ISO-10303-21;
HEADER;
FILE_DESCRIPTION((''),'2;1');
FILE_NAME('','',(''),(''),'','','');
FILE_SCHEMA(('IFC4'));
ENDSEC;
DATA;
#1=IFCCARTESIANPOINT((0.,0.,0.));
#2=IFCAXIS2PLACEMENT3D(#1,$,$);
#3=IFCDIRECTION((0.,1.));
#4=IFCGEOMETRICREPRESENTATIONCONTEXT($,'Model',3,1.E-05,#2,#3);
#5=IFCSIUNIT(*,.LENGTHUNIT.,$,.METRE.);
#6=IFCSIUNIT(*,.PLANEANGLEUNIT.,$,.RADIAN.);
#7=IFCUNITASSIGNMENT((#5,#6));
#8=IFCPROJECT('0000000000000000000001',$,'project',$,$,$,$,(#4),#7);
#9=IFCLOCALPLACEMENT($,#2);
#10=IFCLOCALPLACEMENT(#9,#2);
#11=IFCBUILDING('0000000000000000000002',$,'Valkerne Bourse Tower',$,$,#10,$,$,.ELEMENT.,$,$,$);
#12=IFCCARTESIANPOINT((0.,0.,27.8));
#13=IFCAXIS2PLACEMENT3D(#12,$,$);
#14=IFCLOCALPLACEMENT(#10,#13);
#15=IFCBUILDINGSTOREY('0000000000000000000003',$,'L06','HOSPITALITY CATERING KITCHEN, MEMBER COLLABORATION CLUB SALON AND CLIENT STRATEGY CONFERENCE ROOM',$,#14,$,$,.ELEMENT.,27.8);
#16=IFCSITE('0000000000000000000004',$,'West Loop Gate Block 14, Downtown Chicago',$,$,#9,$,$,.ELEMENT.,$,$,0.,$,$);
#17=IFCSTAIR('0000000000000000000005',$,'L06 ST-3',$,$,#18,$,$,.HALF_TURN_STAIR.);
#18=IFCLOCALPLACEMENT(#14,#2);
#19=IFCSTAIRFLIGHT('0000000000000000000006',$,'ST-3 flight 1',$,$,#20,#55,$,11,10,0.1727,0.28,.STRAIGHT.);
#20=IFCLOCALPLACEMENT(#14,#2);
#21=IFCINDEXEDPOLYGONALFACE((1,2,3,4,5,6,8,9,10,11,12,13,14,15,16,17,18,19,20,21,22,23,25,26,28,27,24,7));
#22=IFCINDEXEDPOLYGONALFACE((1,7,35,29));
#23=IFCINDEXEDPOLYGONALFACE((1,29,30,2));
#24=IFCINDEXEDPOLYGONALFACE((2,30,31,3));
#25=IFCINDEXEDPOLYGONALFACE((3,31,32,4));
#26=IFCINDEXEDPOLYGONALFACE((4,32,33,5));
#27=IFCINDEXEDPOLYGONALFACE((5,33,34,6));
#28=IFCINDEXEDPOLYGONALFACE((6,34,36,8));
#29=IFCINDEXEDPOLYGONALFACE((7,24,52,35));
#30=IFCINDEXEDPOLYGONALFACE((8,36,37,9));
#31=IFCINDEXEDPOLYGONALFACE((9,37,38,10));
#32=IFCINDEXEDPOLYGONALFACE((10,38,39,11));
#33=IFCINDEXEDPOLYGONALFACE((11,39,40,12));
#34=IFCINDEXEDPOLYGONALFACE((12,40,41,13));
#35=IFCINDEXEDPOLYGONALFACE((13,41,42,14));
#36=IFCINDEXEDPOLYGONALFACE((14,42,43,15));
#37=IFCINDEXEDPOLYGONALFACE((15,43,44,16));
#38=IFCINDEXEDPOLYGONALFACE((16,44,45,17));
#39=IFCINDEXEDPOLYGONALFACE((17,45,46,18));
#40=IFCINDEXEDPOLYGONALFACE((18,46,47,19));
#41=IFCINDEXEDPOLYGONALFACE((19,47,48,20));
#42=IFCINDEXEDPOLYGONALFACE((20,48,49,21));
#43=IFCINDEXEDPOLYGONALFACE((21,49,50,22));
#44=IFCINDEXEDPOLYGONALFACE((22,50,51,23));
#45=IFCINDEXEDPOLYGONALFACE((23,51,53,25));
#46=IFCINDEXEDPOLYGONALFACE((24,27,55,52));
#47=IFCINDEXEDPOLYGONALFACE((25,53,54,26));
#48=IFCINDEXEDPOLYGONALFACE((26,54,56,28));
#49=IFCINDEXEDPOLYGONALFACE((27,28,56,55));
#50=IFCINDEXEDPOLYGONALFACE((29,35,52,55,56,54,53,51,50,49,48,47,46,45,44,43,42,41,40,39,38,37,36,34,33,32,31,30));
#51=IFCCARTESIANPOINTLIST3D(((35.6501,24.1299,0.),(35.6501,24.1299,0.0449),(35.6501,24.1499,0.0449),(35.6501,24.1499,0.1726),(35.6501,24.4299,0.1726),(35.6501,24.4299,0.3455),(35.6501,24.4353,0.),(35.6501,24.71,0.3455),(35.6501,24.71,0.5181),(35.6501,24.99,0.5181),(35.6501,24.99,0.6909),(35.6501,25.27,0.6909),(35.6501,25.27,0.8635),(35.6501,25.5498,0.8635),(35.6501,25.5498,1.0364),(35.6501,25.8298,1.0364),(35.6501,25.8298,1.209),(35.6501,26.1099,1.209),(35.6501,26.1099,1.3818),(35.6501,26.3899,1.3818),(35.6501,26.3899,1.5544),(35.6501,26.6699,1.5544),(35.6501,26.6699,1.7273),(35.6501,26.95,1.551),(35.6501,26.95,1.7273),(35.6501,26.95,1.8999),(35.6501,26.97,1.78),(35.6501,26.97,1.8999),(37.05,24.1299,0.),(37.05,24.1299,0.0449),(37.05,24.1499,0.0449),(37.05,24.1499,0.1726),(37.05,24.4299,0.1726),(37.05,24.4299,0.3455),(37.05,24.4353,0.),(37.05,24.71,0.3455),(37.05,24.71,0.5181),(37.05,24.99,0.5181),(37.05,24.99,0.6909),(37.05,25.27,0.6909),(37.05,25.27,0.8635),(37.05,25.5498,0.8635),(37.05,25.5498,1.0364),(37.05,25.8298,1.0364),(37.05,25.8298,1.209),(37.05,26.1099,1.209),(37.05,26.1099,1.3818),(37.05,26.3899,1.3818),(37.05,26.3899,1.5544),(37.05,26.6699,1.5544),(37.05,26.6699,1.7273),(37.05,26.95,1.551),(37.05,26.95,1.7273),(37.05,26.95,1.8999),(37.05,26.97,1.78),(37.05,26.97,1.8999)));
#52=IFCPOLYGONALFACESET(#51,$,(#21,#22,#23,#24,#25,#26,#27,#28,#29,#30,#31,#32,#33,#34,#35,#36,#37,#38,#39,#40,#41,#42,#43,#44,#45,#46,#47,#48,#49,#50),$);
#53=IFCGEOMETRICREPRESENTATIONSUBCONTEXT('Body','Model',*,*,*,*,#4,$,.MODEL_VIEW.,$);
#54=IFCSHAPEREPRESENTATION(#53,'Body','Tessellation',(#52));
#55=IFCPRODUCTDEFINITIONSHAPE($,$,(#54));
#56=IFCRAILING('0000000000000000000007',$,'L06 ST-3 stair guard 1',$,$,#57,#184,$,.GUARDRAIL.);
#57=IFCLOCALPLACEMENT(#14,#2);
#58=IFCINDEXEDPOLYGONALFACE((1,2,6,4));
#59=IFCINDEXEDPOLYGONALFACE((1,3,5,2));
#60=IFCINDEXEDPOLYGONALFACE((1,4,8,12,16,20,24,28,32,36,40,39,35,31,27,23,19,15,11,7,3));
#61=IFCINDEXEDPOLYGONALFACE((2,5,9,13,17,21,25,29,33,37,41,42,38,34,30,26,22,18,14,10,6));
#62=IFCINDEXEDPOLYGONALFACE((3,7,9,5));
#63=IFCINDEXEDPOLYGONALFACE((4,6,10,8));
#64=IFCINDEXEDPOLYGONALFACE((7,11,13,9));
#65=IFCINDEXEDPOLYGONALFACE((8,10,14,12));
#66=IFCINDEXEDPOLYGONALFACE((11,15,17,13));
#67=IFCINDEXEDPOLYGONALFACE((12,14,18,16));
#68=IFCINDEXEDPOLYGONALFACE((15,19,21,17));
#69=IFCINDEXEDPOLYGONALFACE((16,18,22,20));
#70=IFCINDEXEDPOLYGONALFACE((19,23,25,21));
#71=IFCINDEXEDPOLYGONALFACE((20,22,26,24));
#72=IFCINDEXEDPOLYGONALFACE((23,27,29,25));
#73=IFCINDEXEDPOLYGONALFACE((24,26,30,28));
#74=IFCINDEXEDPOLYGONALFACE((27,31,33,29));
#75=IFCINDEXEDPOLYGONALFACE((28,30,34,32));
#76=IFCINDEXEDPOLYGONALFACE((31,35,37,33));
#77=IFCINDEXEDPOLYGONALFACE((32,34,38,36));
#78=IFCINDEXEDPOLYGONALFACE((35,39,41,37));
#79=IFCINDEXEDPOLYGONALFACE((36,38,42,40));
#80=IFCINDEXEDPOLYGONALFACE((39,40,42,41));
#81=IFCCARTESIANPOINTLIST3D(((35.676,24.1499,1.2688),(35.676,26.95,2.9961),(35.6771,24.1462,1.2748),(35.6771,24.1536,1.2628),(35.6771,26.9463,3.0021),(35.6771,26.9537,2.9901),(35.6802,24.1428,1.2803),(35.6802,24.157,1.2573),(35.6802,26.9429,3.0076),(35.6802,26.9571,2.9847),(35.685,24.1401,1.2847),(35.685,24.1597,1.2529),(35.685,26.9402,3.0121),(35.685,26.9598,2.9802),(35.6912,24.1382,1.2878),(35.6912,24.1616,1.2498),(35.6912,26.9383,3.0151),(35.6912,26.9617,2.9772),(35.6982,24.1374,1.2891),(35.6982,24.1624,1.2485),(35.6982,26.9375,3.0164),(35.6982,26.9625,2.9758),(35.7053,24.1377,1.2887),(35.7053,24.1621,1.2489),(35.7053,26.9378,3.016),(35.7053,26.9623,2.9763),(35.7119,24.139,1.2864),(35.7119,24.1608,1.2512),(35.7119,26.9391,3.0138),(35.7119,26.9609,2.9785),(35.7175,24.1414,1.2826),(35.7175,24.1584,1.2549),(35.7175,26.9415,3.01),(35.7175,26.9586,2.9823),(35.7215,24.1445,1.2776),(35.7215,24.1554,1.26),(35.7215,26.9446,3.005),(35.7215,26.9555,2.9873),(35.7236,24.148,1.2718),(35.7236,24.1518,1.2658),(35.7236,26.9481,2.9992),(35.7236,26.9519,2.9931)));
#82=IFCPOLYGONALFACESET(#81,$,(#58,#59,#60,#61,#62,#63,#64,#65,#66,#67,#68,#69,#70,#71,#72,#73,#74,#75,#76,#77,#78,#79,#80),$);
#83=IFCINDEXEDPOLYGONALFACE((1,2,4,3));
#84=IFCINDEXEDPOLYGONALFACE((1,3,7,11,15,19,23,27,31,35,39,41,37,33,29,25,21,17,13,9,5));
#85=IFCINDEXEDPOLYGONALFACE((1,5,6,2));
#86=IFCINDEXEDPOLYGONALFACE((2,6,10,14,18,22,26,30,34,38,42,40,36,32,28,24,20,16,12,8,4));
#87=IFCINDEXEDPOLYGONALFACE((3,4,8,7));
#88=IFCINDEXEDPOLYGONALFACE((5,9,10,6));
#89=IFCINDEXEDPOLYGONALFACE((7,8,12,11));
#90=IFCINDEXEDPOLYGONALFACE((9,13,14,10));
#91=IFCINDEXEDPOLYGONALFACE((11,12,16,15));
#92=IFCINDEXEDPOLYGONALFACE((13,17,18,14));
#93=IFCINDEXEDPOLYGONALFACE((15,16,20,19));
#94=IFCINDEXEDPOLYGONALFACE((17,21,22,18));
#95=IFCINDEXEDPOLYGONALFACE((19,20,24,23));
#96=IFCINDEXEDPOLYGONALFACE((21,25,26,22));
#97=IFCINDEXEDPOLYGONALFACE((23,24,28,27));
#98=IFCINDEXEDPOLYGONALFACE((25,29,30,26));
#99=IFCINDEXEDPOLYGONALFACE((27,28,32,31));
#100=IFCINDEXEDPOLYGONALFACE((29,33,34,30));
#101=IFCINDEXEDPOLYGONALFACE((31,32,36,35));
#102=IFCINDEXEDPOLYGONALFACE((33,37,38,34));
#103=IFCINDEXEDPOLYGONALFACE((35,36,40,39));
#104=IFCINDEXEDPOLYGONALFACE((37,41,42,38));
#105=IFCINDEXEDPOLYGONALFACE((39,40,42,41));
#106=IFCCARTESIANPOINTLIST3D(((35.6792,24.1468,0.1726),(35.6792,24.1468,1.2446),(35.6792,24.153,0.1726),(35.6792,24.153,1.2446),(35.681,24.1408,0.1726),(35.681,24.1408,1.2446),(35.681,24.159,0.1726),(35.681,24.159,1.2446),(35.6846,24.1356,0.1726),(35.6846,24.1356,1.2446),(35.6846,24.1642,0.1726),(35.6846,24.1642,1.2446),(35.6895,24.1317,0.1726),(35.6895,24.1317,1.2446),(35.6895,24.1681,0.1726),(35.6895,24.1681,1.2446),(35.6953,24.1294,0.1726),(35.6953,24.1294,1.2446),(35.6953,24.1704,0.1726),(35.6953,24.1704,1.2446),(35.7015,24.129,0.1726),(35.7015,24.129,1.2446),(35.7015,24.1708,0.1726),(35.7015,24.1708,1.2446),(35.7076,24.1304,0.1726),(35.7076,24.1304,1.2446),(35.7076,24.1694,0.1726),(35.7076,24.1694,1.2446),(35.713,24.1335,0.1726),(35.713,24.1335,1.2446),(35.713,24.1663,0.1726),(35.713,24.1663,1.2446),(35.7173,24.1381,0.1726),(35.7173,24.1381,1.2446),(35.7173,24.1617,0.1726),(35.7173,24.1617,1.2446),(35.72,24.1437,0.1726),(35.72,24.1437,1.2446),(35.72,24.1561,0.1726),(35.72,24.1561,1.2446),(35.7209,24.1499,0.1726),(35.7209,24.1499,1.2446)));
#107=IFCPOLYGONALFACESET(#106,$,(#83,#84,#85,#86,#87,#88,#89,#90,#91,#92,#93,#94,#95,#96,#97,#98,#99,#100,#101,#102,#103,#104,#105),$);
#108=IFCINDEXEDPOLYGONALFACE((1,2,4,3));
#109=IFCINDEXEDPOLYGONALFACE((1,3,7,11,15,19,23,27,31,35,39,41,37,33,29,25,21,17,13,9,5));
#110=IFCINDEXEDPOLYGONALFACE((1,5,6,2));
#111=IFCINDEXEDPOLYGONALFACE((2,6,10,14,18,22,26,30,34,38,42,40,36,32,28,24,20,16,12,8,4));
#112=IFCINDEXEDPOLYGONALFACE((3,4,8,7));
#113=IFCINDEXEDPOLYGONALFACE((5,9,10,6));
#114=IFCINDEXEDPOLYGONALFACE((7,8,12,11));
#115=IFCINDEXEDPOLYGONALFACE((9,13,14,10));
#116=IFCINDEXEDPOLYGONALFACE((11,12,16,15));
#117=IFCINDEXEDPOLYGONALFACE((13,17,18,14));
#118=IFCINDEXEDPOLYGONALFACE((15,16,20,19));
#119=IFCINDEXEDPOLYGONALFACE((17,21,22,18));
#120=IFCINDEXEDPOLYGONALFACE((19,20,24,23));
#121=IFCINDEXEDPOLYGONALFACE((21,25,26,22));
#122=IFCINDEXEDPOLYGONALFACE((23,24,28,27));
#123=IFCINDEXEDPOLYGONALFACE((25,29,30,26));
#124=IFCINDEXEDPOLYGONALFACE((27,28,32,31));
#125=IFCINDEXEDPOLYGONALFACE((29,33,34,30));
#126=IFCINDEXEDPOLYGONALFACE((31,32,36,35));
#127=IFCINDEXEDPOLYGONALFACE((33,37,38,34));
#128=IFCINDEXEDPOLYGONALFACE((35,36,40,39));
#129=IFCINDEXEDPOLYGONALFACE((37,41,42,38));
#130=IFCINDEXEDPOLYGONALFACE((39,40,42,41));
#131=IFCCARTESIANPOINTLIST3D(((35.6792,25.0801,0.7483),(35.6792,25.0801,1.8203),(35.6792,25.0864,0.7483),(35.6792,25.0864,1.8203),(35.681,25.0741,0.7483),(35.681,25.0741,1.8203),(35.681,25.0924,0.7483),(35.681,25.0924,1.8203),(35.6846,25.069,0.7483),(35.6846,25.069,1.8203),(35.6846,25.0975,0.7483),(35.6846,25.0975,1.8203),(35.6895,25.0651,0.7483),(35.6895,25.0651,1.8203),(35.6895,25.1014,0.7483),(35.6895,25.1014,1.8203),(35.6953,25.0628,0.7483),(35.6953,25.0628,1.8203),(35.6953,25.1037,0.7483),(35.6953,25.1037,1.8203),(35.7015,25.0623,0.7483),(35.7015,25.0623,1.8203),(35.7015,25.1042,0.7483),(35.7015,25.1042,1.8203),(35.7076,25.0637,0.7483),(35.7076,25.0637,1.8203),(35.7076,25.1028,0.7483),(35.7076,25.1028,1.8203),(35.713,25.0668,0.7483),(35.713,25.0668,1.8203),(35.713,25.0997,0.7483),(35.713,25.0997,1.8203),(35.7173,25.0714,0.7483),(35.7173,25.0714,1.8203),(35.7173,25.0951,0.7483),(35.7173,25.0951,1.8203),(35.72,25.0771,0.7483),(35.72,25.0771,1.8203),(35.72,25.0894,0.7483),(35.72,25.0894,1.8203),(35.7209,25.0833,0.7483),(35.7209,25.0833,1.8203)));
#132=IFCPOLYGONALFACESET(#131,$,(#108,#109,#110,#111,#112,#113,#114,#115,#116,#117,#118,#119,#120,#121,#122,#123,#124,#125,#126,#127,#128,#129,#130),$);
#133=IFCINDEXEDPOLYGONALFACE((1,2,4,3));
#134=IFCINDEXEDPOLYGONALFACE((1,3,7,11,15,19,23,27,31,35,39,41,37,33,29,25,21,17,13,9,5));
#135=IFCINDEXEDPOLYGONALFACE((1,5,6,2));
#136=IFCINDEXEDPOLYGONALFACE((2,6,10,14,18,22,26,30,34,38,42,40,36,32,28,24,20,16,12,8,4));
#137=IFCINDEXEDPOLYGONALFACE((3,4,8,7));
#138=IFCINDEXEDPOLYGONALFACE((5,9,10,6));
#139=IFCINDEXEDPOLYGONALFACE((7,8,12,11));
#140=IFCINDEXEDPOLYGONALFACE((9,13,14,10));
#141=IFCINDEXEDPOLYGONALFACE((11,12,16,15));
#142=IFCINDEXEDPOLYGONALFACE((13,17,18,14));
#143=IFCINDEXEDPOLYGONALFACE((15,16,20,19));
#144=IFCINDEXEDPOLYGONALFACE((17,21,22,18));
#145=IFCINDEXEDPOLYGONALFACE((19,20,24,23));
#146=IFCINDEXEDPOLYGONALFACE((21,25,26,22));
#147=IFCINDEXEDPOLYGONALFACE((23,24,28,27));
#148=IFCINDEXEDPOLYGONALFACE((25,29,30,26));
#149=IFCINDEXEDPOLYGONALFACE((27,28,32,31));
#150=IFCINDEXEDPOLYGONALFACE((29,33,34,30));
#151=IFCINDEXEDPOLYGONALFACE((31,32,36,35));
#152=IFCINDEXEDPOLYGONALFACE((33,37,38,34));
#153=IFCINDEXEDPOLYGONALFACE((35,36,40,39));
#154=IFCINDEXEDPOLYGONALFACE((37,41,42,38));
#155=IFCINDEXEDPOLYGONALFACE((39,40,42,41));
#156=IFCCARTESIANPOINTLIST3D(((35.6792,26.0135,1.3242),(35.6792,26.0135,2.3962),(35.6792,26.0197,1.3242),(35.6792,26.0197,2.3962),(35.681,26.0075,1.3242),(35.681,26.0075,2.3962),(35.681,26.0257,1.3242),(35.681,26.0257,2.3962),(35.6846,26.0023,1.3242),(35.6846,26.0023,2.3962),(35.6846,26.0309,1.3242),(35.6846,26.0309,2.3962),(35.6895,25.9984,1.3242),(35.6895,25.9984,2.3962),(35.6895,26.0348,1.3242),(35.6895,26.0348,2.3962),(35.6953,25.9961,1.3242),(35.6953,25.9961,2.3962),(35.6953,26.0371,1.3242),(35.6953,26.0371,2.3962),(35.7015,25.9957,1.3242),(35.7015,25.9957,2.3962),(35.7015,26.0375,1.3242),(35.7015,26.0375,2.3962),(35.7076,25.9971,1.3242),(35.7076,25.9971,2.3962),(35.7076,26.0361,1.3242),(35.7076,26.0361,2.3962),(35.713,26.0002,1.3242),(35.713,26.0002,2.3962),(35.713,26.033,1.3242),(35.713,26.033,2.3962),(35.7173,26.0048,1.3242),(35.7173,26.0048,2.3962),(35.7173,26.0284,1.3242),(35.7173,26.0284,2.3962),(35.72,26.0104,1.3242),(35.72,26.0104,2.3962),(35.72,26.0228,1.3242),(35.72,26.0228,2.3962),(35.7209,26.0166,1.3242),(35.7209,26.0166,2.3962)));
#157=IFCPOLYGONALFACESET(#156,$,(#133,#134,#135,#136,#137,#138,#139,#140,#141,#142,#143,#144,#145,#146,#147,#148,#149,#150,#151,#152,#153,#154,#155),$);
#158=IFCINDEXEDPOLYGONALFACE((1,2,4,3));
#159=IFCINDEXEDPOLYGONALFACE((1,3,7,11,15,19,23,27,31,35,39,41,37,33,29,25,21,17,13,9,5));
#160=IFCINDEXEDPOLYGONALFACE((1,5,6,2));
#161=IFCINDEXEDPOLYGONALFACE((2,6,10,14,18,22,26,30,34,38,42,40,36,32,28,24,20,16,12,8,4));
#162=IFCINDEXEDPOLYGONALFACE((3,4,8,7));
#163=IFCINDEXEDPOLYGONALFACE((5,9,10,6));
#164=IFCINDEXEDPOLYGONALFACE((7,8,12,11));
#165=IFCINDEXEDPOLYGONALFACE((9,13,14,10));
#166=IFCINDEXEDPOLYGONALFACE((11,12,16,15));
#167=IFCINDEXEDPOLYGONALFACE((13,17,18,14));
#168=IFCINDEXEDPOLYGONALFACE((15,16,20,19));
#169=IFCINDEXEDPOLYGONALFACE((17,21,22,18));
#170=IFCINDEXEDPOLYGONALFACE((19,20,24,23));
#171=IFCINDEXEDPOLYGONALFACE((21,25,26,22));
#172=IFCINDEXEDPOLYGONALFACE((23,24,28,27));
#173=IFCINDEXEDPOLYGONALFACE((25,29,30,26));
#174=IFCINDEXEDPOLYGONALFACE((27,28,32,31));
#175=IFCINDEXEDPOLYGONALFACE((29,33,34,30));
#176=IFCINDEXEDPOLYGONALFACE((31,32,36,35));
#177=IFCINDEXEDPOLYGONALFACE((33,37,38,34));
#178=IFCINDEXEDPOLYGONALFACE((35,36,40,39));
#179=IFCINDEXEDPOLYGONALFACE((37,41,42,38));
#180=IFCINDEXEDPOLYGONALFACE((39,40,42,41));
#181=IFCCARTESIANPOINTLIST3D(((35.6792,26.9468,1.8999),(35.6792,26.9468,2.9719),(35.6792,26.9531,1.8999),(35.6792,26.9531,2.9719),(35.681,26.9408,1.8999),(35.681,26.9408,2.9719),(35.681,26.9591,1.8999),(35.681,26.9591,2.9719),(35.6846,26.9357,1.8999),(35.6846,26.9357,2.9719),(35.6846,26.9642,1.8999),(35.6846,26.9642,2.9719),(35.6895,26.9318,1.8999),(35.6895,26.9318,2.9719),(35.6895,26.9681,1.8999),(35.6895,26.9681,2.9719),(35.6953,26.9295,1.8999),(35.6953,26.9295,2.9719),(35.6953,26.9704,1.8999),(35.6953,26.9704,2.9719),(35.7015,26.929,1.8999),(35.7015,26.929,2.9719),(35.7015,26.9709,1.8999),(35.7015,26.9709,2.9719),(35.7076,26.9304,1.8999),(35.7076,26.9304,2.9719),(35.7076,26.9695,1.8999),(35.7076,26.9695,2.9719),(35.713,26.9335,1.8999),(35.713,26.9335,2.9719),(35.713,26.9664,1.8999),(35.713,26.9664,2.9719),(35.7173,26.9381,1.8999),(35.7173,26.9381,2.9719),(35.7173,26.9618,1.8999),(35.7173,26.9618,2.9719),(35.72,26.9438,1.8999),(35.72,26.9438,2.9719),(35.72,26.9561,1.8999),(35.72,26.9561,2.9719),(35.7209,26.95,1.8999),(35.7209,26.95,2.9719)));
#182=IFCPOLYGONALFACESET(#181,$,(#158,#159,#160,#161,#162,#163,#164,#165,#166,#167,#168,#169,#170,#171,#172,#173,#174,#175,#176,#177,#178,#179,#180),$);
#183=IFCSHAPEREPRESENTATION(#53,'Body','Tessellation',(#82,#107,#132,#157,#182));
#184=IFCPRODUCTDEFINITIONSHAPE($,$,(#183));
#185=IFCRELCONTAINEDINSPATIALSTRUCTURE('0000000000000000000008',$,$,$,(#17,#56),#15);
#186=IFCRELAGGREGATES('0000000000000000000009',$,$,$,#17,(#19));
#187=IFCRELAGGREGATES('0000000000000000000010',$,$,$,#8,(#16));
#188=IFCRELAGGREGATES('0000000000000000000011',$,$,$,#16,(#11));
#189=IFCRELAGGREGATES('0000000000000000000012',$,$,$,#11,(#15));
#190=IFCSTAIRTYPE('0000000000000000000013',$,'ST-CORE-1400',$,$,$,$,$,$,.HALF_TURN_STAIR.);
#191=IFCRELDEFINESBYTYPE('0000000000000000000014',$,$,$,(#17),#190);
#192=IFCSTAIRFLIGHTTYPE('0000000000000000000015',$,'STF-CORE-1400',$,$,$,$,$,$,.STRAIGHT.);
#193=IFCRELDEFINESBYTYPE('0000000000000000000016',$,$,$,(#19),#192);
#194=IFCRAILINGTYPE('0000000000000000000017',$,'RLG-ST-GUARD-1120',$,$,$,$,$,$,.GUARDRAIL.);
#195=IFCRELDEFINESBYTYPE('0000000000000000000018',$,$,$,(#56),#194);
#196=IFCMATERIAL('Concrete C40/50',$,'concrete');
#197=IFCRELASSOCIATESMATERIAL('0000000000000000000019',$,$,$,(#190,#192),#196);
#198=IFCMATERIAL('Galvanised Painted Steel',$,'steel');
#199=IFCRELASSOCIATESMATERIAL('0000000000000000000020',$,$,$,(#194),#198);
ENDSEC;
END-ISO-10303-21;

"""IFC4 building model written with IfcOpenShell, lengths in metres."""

from ifc_helpers import new_model, si_unit, direction, frame, origin, origin_2d, place, context, subcontext, project, spatial, polyline, circle, outline, extrude, material, type_object, element, aggregate, save


model = new_model("IFC4")

# Units and contexts
model_context = context("Model", 3, precision=1e-05, world=origin(), true_north=direction((0.0, 1.0)))
body_context = subcontext(model_context, "Body", "Model", "MODEL_VIEW")
ifc_project = project(units=[si_unit("LENGTHUNIT", "METRE"), si_unit("PLANEANGLEUNIT", "RADIAN")], contexts=[model_context])

# Site, building, storey
site_placement = place(None, origin())
site = spatial("IfcSite", under=ifc_project, at=site_placement, Name="West Loop Gate Block 14, Downtown Chicago", CompositionType="ELEMENT", RefElevation=0.0)
building_placement = place(site_placement, origin())
building = spatial("IfcBuilding", under=site, at=building_placement, Name="Valkerne Bourse Tower", CompositionType="ELEMENT")
storey_placement = place(building_placement, frame((0.0, 0.0, 27.8)))
storey = spatial("IfcBuildingStorey", under=building, at=storey_placement, Name="L06", Description="HOSPITALITY CATERING KITCHEN, MEMBER COLLABORATION CLUB SALON AND CLIENT STRATEGY CONFERENCE ROOM", CompositionType="ELEMENT", Elevation=27.8)

# Shared definitions
ifc_material_1 = material(Name="Concrete C40/50", Category="concrete")
ifc_material_2 = material(Name="Galvanised Painted Steel", Category="steel")

# Stair, stair flight
stair_type = type_object("IfcStairType", Name="ST-CORE-1400", PredefinedType="HALF_TURN_STAIR", material=ifc_material_1)
stair_placement = place(storey_placement, origin())
stair = element("IfcStair", 1, at=stair_placement, inside=storey, type_object=stair_type, Name="L06 ST-3", PredefinedType="HALF_TURN_STAIR")
stair_flight_type = type_object("IfcStairFlightType", Name="STF-CORE-1400", PredefinedType="STRAIGHT", material=ifc_material_1)
stair_flight_placement = place(storey_placement, frame((36.3501, 24.1499, 0.0), z_axis=(0.0, 0.0, 1.0), x_axis=(0.0, 1.0, 0.0)))
stair_flight = element("IfcStairFlight", 2, at=stair_flight_placement, type_object=stair_flight_type, Name="ST-3 flight 1", NumberOfRisers=11, NumberOfTreads=10, PredefinedType="STRAIGHT", RiserHeight=0.1727, TreadLength=0.28, context=body_context, shape_type="SweptSolid", body=[
    extrude(outline(polyline([(-0.02, 0.0), (-0.02, 0.0449), (0.0, 0.0449), (0.0, 0.1726), (0.28, 0.1726), (0.28, 0.3455), (0.5601, 0.3455), (0.5601, 0.5181), (0.8401, 0.5181), (0.8401, 0.6909), (1.1201, 0.6909), (1.1201, 0.8635), (1.3999, 0.8635), (1.3999, 1.0364), (1.6799, 1.0364), (1.6799, 1.209), (1.96, 1.209), (1.96, 1.3818), (2.24, 1.3818), (2.24, 1.5544), (2.52, 1.5544), (2.52, 1.7273), (2.8, 1.7273), (2.8, 1.8999), (2.8201, 1.8999), (2.8201, 1.78), (2.8, 1.551), (0.2854, 0.0), (-0.02, 0.0)])), frame((0.0, 0.7, 0.0), z_axis=(0.0, -1.0, 0.0), x_axis=(1.0, 0.0, 0.0)), (0.0, 0.0, 1.0), 1.3999),
])
aggregate(stair, [stair_flight])

# Railing
railing_type_1 = type_object("IfcRailingType", Name="RLG-ST-GUARD-1120", PredefinedType="GUARDRAIL", material=ifc_material_2)
railing_1_placement = place(storey_placement, frame((35.7, 24.1499, 0.1726)))
element("IfcRailing", 3, at=railing_1_placement, inside=storey, type_object=railing_type_1, Name="L06 ST-3 stair guard 1", PredefinedType="GUARDRAIL", context=body_context, shape_type="SweptSolid", body=[
    extrude(circle(Radius=0.0239, at=origin_2d()), frame((0.0, 0.0, 1.0962), z_axis=(0.0, 0.85109, 0.52502), x_axis=(-1.0, 0.0, 0.0)), (0.0, 0.0, 1.0), 3.29),
    extrude(circle(Radius=0.021, at=origin_2d()), origin(), (0.0, 0.0, 1.0), 1.072),
    extrude(circle(Radius=0.021, at=origin_2d()), frame((0.0, 0.9333, 0.5757)), (0.0, 0.0, 1.0), 1.072),
    extrude(circle(Radius=0.021, at=origin_2d()), frame((0.0, 1.8667, 1.1516)), (0.0, 0.0, 1.0), 1.072),
    extrude(circle(Radius=0.021, at=origin_2d()), frame((0.0, 2.8, 1.7273)), (0.0, 0.0, 1.0), 1.072),
])

save(model, "model.ifc")
